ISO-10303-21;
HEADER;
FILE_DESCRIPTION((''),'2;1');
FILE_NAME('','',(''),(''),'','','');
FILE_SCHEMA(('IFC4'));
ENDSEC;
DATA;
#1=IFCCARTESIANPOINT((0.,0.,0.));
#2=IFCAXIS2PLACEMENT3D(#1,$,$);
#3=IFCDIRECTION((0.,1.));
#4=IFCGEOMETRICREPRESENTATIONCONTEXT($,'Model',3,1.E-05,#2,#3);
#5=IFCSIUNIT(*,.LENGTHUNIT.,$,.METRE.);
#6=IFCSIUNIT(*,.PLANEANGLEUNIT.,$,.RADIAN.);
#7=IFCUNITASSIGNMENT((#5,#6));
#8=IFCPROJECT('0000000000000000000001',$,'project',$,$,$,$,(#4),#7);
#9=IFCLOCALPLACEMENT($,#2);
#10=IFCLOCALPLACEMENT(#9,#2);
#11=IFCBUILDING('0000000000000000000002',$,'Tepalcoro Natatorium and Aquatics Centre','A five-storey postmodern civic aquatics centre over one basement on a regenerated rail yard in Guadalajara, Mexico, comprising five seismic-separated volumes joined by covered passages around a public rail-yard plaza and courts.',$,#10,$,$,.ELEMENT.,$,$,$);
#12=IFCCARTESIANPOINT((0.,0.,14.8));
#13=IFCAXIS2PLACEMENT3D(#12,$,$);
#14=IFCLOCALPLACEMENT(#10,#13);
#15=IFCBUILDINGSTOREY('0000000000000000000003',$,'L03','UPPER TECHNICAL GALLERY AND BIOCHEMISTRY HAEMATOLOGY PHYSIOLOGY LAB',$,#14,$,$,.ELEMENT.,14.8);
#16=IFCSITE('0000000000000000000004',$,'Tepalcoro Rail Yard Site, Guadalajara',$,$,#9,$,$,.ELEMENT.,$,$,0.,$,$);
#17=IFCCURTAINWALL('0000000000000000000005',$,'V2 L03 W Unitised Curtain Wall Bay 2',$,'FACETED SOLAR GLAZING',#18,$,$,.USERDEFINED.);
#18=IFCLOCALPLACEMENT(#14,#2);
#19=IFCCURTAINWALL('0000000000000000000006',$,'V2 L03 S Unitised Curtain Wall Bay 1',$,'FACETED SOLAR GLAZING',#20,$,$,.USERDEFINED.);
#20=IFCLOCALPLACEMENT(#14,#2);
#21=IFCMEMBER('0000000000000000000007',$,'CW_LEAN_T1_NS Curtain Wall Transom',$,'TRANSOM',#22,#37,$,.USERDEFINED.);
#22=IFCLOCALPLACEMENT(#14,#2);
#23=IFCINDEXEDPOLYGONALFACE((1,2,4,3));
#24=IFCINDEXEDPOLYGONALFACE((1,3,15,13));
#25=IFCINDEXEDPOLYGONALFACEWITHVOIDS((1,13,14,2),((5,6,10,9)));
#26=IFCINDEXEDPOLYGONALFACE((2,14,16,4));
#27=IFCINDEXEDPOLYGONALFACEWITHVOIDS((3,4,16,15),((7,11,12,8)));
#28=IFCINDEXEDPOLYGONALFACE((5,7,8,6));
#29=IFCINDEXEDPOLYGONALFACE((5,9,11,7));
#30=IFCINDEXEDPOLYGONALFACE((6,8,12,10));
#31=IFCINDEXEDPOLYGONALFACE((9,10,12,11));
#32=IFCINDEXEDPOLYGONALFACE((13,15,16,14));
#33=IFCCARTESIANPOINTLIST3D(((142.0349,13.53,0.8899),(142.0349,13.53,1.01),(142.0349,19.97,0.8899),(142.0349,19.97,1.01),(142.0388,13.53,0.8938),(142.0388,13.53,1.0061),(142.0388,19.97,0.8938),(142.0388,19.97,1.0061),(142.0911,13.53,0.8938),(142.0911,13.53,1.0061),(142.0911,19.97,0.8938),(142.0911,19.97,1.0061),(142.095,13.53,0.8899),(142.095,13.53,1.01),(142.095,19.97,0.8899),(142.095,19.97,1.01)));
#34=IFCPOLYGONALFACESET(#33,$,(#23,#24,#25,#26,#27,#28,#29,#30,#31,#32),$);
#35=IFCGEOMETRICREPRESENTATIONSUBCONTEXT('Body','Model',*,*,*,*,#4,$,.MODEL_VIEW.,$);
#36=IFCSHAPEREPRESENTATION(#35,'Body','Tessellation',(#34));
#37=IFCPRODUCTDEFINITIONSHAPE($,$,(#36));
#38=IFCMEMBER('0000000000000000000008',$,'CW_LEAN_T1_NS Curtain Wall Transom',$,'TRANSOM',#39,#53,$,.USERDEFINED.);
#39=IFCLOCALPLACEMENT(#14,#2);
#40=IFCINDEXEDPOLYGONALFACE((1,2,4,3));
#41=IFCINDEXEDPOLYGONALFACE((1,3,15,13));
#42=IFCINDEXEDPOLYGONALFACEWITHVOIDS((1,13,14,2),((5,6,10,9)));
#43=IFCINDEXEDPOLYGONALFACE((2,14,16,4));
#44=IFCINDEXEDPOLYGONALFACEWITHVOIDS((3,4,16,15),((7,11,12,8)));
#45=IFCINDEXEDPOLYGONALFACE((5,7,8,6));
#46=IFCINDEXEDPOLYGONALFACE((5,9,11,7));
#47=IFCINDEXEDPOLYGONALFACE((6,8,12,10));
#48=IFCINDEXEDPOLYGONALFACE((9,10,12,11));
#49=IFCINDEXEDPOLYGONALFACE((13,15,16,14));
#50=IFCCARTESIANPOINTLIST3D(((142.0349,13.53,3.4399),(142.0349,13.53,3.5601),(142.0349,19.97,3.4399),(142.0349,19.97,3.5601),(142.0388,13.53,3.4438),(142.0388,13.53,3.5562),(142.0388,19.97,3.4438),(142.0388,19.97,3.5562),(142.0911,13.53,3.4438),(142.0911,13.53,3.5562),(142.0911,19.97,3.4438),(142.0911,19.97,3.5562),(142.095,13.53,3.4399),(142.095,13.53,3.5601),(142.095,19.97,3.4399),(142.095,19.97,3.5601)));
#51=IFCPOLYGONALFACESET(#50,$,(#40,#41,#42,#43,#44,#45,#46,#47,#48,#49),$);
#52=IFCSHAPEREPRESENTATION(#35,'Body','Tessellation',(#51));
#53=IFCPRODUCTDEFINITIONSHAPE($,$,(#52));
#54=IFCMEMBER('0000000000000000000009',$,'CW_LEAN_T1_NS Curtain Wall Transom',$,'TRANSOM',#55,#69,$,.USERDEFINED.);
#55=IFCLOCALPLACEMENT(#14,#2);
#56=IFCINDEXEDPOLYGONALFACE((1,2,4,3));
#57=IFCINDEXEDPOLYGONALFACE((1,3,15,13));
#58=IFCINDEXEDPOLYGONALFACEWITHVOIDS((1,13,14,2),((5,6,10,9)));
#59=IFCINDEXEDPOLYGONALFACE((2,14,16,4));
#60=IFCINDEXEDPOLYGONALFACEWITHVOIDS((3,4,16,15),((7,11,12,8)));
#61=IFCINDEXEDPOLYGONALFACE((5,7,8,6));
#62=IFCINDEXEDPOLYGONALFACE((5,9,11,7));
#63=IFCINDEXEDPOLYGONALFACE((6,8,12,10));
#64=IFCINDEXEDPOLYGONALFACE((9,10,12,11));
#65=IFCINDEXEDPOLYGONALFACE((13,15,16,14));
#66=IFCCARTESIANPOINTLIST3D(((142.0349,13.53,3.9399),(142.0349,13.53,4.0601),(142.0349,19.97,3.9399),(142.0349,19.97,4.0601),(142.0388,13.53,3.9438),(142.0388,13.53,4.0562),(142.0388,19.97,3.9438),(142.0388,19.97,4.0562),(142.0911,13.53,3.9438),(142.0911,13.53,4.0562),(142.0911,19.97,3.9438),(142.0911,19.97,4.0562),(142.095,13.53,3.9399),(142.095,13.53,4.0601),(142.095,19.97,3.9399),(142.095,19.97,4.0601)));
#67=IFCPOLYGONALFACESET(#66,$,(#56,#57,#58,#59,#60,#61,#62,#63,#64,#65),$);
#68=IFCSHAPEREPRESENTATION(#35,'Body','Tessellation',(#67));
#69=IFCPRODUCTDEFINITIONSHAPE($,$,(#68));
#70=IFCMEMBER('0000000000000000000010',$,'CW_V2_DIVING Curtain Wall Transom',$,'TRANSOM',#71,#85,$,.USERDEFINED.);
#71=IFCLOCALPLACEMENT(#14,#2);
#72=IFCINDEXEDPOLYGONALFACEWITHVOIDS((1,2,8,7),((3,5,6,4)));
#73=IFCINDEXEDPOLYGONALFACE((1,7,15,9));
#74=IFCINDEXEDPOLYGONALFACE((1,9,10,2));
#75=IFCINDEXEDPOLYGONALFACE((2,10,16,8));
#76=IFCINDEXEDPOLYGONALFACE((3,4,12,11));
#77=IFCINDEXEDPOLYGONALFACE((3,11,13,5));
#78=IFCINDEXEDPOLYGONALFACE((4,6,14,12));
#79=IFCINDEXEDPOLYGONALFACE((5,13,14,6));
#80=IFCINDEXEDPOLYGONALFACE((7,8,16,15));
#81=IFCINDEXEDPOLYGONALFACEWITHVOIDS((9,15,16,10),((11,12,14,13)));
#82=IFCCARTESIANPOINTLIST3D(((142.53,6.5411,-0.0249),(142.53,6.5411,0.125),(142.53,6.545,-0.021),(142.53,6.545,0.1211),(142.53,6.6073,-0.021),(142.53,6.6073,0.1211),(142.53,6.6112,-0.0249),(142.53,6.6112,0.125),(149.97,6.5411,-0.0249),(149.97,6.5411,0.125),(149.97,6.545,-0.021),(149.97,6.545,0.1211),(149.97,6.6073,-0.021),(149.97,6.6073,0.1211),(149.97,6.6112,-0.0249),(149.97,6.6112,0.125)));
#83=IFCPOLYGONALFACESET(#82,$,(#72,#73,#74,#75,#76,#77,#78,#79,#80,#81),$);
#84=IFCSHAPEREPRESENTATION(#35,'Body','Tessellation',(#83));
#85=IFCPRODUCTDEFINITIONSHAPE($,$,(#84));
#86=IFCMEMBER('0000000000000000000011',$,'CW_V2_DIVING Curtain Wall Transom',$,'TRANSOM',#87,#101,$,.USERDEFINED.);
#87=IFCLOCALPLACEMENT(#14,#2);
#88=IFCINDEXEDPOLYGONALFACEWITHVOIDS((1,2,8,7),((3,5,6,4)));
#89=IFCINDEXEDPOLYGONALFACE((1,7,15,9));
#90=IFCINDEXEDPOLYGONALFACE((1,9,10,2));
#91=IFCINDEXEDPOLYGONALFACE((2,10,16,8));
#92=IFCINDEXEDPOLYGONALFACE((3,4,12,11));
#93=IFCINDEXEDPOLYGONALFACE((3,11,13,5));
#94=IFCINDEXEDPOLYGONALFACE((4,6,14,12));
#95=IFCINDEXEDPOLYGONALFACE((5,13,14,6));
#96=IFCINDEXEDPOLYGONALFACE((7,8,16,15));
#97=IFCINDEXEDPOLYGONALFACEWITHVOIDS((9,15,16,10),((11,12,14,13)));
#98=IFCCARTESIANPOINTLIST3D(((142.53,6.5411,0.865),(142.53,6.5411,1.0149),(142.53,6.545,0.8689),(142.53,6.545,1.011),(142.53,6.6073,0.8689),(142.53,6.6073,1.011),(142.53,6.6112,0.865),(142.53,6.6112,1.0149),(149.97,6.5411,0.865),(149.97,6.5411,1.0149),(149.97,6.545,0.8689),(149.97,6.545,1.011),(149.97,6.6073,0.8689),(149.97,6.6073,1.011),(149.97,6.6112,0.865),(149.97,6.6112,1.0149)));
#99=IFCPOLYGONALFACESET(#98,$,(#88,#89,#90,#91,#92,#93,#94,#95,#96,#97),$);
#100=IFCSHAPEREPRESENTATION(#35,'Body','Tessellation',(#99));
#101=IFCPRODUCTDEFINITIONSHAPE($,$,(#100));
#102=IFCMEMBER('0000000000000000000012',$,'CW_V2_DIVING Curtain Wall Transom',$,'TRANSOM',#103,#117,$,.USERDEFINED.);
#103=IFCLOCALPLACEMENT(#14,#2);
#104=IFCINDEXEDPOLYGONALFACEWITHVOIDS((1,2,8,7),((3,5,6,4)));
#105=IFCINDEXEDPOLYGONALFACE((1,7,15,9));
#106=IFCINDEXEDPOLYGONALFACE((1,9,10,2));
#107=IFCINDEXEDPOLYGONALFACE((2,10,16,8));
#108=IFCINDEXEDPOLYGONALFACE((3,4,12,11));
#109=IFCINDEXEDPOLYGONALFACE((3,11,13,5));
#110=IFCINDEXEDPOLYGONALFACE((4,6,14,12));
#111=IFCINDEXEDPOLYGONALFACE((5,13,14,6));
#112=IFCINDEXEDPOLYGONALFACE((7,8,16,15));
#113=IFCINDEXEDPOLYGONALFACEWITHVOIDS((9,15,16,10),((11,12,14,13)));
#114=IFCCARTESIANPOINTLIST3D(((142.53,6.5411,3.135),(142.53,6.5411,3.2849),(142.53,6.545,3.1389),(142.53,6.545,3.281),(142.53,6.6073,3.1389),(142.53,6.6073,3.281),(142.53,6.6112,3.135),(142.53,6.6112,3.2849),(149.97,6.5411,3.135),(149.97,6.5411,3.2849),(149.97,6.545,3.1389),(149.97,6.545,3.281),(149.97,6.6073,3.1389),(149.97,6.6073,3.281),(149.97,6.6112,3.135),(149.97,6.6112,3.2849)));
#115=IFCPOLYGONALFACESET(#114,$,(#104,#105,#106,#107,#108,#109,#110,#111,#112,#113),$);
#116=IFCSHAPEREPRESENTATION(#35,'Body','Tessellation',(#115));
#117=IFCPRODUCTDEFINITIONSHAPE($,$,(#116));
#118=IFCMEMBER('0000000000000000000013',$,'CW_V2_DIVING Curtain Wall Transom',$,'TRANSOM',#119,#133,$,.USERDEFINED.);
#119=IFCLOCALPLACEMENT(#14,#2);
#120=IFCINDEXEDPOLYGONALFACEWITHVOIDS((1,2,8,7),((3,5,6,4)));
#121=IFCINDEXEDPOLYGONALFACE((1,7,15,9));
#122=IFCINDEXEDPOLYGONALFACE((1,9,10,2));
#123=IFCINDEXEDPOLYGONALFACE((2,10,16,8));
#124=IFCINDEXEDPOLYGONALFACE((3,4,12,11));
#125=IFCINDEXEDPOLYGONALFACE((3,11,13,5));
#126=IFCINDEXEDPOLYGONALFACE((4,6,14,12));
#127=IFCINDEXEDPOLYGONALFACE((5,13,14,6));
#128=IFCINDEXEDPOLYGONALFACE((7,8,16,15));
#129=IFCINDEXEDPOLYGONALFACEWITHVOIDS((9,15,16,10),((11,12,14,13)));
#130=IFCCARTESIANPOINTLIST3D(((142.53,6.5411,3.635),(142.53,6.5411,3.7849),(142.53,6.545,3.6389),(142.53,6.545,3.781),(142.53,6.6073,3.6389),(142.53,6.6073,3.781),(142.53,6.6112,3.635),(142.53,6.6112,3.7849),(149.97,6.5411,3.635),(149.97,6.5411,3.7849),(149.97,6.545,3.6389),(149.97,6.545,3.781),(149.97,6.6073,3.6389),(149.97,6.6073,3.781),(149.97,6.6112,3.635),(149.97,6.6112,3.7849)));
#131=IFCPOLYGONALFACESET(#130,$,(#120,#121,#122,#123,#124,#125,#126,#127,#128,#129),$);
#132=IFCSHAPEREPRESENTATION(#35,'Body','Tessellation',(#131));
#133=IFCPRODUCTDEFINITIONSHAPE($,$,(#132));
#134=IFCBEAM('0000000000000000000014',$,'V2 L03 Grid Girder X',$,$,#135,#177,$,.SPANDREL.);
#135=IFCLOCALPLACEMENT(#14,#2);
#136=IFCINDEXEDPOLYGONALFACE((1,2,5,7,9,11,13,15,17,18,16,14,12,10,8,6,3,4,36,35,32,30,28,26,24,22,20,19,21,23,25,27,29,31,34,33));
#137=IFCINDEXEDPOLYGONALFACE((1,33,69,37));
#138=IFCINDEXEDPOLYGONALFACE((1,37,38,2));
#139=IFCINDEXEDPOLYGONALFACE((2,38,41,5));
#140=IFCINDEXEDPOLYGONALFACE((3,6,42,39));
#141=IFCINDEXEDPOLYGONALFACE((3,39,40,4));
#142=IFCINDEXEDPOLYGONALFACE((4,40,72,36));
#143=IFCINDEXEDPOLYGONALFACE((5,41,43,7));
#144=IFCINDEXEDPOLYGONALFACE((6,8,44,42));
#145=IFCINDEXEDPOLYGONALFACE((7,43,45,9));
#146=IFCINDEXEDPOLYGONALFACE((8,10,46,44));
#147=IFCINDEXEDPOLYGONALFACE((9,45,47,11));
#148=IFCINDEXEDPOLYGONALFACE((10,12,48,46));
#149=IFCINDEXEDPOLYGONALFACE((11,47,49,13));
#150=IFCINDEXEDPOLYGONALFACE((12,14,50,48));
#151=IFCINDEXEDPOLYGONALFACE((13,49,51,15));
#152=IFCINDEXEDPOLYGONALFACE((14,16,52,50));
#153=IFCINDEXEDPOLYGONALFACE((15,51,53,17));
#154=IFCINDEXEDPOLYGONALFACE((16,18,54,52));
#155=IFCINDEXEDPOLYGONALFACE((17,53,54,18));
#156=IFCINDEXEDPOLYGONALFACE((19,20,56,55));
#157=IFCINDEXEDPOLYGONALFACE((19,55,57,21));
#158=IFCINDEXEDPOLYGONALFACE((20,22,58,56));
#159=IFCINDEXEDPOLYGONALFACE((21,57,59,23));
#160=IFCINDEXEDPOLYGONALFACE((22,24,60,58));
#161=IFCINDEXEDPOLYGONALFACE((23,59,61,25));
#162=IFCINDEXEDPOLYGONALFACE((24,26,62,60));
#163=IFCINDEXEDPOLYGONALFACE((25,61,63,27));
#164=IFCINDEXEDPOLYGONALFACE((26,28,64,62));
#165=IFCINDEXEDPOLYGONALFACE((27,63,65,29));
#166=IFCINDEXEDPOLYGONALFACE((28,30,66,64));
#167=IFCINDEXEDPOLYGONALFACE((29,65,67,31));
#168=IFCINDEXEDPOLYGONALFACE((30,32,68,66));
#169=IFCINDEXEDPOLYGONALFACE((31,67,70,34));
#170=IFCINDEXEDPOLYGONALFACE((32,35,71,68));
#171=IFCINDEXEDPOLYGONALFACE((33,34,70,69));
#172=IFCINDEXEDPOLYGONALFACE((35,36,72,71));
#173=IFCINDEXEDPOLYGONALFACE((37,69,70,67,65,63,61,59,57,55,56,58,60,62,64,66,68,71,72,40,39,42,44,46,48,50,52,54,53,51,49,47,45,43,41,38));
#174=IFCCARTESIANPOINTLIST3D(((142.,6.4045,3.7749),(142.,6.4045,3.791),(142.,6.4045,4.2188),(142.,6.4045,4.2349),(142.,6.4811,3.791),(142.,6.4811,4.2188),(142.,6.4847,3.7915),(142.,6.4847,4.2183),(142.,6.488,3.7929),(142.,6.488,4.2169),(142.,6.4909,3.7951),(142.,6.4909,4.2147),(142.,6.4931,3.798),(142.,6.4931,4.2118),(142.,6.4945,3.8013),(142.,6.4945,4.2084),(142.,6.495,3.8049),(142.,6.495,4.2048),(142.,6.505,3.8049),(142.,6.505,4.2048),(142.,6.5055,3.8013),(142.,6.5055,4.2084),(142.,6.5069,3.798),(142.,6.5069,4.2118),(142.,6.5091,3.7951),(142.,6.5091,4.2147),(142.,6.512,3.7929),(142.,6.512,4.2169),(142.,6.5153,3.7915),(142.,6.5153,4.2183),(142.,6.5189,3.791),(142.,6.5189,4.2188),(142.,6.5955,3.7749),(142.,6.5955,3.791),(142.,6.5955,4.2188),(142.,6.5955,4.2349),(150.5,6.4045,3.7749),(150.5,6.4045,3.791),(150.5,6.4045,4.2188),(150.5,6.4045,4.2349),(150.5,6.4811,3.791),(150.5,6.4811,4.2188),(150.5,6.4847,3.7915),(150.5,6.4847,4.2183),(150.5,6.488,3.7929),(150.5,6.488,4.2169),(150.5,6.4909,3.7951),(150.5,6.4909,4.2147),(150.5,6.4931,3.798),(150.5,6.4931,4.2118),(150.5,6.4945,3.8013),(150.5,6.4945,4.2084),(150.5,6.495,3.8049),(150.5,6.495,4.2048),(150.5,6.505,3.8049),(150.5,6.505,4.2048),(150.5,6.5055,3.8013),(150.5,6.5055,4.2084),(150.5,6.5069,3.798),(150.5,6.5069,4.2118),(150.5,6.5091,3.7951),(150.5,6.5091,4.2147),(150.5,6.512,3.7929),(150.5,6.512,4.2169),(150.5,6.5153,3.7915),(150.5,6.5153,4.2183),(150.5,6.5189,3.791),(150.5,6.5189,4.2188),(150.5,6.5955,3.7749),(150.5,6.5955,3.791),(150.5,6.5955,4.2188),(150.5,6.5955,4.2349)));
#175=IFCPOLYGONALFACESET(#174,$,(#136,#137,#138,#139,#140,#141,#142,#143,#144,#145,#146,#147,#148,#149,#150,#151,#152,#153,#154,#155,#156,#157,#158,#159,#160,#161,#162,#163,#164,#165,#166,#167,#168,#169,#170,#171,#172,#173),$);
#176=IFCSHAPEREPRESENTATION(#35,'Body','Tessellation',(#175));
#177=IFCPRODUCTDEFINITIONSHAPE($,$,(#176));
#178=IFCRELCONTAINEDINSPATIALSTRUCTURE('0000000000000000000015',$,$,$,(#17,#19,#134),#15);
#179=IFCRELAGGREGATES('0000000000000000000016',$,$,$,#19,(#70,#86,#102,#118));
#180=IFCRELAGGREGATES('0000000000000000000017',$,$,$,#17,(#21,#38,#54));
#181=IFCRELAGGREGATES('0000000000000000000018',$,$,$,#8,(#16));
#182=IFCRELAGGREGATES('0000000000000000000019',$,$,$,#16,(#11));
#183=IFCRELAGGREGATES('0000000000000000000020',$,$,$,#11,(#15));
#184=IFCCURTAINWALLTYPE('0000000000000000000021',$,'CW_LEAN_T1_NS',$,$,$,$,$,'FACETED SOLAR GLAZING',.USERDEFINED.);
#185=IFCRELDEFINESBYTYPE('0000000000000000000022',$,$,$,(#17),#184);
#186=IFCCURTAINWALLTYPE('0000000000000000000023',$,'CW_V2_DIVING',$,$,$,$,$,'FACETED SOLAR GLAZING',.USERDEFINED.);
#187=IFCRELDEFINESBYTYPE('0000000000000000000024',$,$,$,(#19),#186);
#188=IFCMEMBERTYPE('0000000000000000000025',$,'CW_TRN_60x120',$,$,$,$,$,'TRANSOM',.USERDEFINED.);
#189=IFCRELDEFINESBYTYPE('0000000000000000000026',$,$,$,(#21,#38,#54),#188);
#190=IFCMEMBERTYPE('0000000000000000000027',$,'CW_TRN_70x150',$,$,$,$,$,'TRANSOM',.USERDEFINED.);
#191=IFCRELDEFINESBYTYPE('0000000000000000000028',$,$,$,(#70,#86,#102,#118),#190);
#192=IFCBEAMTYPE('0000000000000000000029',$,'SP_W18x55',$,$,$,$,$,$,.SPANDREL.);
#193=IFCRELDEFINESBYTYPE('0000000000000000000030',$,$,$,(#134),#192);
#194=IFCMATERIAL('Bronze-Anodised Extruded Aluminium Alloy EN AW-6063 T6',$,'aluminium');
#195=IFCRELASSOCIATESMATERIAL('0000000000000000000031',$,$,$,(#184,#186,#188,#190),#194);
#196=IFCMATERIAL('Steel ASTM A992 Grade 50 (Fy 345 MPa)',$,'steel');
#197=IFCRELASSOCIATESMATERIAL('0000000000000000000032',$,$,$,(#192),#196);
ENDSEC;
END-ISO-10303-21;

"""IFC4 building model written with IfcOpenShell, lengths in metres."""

from ifc_helpers import new_model, si_unit, direction, frame, origin, origin_2d, place, context, subcontext, project, spatial, hollow_rectangle, i_section, extrude, material, material_profile, profile_set, type_object, element, aggregate, save


model = new_model("IFC4")

# Units and contexts
model_context = context("Model", 3, precision=1e-05, world=origin(), true_north=direction((0.0, 1.0)))
body_context = subcontext(model_context, "Body", "Model", "MODEL_VIEW")
ifc_project = project(units=[si_unit("LENGTHUNIT", "METRE"), si_unit("PLANEANGLEUNIT", "RADIAN")], contexts=[model_context])

# Site, building, storey
site_placement = place(None, origin())
site = spatial("IfcSite", under=ifc_project, at=site_placement, Name="Tepalcoro Rail Yard Site, Guadalajara", CompositionType="ELEMENT", RefElevation=0.0)
building_placement = place(site_placement, origin())
building = spatial("IfcBuilding", under=site, at=building_placement, Name="Tepalcoro Natatorium and Aquatics Centre", Description="A five-storey postmodern civic aquatics centre over one basement on a regenerated rail yard in Guadalajara, Mexico, comprising five seismic-separated volumes joined by covered passages around a public rail-yard plaza and courts.", CompositionType="ELEMENT")
storey_placement = place(building_placement, frame((0.0, 0.0, 14.8)))
storey = spatial("IfcBuildingStorey", under=building, at=storey_placement, Name="L03", Description="UPPER TECHNICAL GALLERY AND BIOCHEMISTRY HAEMATOLOGY PHYSIOLOGY LAB", CompositionType="ELEMENT", Elevation=14.8)

# Shared definitions
ifc_material_1 = material(Name="Steel ASTM A992 Grade 50 (Fy 345 MPa)", Category="steel")

# Curtain walls
ifc_material_2 = material(Name="Bronze-Anodised Extruded Aluminium Alloy EN AW-6063 T6", Category="aluminium")
curtain_wall_type_1 = type_object("IfcCurtainWallType", Name="CW_LEAN_T1_NS", ElementType="FACETED SOLAR GLAZING", PredefinedType="USERDEFINED", material=ifc_material_2)
curtain_wall_1_placement = place(storey_placement, origin())
curtain_wall_1 = element("IfcCurtainWall", 1, at=curtain_wall_1_placement, inside=storey, type_object=curtain_wall_type_1, Name="V2 L03 W Unitised Curtain Wall Bay 2", ObjectType="FACETED SOLAR GLAZING", PredefinedType="USERDEFINED")
curtain_wall_type_2 = type_object("IfcCurtainWallType", Name="CW_V2_DIVING", ElementType="FACETED SOLAR GLAZING", PredefinedType="USERDEFINED", material=ifc_material_2)
curtain_wall_2_placement = place(storey_placement, origin())
curtain_wall_2 = element("IfcCurtainWall", 2, at=curtain_wall_2_placement, inside=storey, type_object=curtain_wall_type_2, Name="V2 L03 S Unitised Curtain Wall Bay 1", ObjectType="FACETED SOLAR GLAZING", PredefinedType="USERDEFINED")

# Members
ifc_material_profile_1 = material_profile(ifc_material_2, hollow_rectangle(XDim=0.0601, YDim=0.1201, WallThickness=0.0039, at=origin_2d()), Name="AL60X120X4")
ifc_profile_set_1 = profile_set([ifc_material_profile_1], Name="Bronze-Anodised Extruded Aluminium Alloy EN AW-6063 T6")
member_type_1 = type_object("IfcMemberType", Name="CW_TRN_60x120", ElementType="TRANSOM", PredefinedType="USERDEFINED", material=ifc_profile_set_1)
member_1_placement = place(storey_placement, frame((142.0649, 13.53, 0.95), z_axis=(0.0, 1.0, 0.0), x_axis=(-1.0, 0.0, 0.0)))
member_1 = element("IfcMember", 3, at=member_1_placement, type_object=member_type_1, Name="CW_LEAN_T1_NS Curtain Wall Transom", ObjectType="TRANSOM", PredefinedType="USERDEFINED", context=body_context, shape_type="SweptSolid", body=[
    extrude(hollow_rectangle(XDim=0.0601, YDim=0.1201, WallThickness=0.0039, at=origin_2d()), origin(), (0.0, 0.0, 1.0), 6.4399),
])
member_2_placement = place(storey_placement, frame((142.0649, 13.53, 3.5), z_axis=(0.0, 1.0, 0.0), x_axis=(-1.0, 0.0, 0.0)))
member_2 = element("IfcMember", 4, at=member_2_placement, type_object=member_type_1, Name="CW_LEAN_T1_NS Curtain Wall Transom", ObjectType="TRANSOM", PredefinedType="USERDEFINED", context=body_context, shape_type="SweptSolid", body=[
    extrude(hollow_rectangle(XDim=0.0601, YDim=0.1201, WallThickness=0.0039, at=origin_2d()), origin(), (0.0, 0.0, 1.0), 6.4399),
])
member_3_placement = place(storey_placement, frame((142.0649, 13.53, 4.0), z_axis=(0.0, 1.0, 0.0), x_axis=(-1.0, 0.0, 0.0)))
member_3 = element("IfcMember", 5, at=member_3_placement, type_object=member_type_1, Name="CW_LEAN_T1_NS Curtain Wall Transom", ObjectType="TRANSOM", PredefinedType="USERDEFINED", context=body_context, shape_type="SweptSolid", body=[
    extrude(hollow_rectangle(XDim=0.0601, YDim=0.1201, WallThickness=0.0039, at=origin_2d()), origin(), (0.0, 0.0, 1.0), 6.4399),
])
ifc_material_profile_2 = material_profile(ifc_material_2, hollow_rectangle(XDim=0.0701, YDim=0.1499, WallThickness=0.0039, at=origin_2d()), Name="AL70X150X4")
ifc_profile_set_2 = profile_set([ifc_material_profile_2], Name="Bronze-Anodised Extruded Aluminium Alloy EN AW-6063 T6")
member_type_2 = type_object("IfcMemberType", Name="CW_TRN_70x150", ElementType="TRANSOM", PredefinedType="USERDEFINED", material=ifc_profile_set_2)
member_4_placement = place(storey_placement, frame((142.53, 6.5762, 0.05), z_axis=(1.0, 0.0, 0.0), x_axis=(0.0, 1.0, 0.0)))
member_4 = element("IfcMember", 6, at=member_4_placement, type_object=member_type_2, Name="CW_V2_DIVING Curtain Wall Transom", ObjectType="TRANSOM", PredefinedType="USERDEFINED", context=body_context, shape_type="SweptSolid", body=[
    extrude(hollow_rectangle(XDim=0.0701, YDim=0.1499, WallThickness=0.0039, at=origin_2d()), origin(), (0.0, 0.0, 1.0), 7.4399),
])
member_5_placement = place(storey_placement, frame((142.53, 6.5762, 0.9399), z_axis=(1.0, 0.0, 0.0), x_axis=(0.0, 1.0, 0.0)))
member_5 = element("IfcMember", 7, at=member_5_placement, type_object=member_type_2, Name="CW_V2_DIVING Curtain Wall Transom", ObjectType="TRANSOM", PredefinedType="USERDEFINED", context=body_context, shape_type="SweptSolid", body=[
    extrude(hollow_rectangle(XDim=0.0701, YDim=0.1499, WallThickness=0.0039, at=origin_2d()), origin(), (0.0, 0.0, 1.0), 7.4399),
])
member_6_placement = place(storey_placement, frame((142.53, 6.5762, 3.21), z_axis=(1.0, 0.0, 0.0), x_axis=(0.0, 1.0, 0.0)))
member_6 = element("IfcMember", 8, at=member_6_placement, type_object=member_type_2, Name="CW_V2_DIVING Curtain Wall Transom", ObjectType="TRANSOM", PredefinedType="USERDEFINED", context=body_context, shape_type="SweptSolid", body=[
    extrude(hollow_rectangle(XDim=0.0701, YDim=0.1499, WallThickness=0.0039, at=origin_2d()), origin(), (0.0, 0.0, 1.0), 7.4399),
])
member_7_placement = place(storey_placement, frame((142.53, 6.5762, 3.71), z_axis=(1.0, 0.0, 0.0), x_axis=(0.0, 1.0, 0.0)))
member_7 = element("IfcMember", 9, at=member_7_placement, type_object=member_type_2, Name="CW_V2_DIVING Curtain Wall Transom", ObjectType="TRANSOM", PredefinedType="USERDEFINED", context=body_context, shape_type="SweptSolid", body=[
    extrude(hollow_rectangle(XDim=0.0701, YDim=0.1499, WallThickness=0.0039, at=origin_2d()), origin(), (0.0, 0.0, 1.0), 7.4399),
])

# Beam
ifc_material_profile_3 = material_profile(ifc_material_1, i_section(OverallWidth=0.1909, OverallDepth=0.46, WebThickness=0.01, FlangeThickness=0.0161, FilletRadius=0.0139, at=origin_2d()), Name="W18X55")
ifc_profile_set_3 = profile_set([ifc_material_profile_3], Name="Steel ASTM A992 Grade 50 (Fy 345 MPa)")
beam_type_1 = type_object("IfcBeamType", Name="SP_W18x55", PredefinedType="SPANDREL", material=ifc_profile_set_3)
beam_1_placement = place(storey_placement, frame((142.0, 6.5, 4.0049), z_axis=(1.0, 0.0, 0.0), x_axis=(0.0, 1.0, 0.0)))
element("IfcBeam", 10, at=beam_1_placement, inside=storey, type_object=beam_type_1, Name="V2 L03 Grid Girder X", PredefinedType="SPANDREL", context=body_context, shape_type="SweptSolid", body=[
    extrude(i_section(OverallWidth=0.1909, OverallDepth=0.46, WebThickness=0.01, FlangeThickness=0.0161, FilletRadius=0.0139, at=origin_2d()), origin(), (0.0, 0.0, 1.0), 8.5),
])

aggregate(curtain_wall_2, [member_4, member_5, member_6, member_7])
aggregate(curtain_wall_1, [member_1, member_2, member_3])

save(model, "model.ifc")
